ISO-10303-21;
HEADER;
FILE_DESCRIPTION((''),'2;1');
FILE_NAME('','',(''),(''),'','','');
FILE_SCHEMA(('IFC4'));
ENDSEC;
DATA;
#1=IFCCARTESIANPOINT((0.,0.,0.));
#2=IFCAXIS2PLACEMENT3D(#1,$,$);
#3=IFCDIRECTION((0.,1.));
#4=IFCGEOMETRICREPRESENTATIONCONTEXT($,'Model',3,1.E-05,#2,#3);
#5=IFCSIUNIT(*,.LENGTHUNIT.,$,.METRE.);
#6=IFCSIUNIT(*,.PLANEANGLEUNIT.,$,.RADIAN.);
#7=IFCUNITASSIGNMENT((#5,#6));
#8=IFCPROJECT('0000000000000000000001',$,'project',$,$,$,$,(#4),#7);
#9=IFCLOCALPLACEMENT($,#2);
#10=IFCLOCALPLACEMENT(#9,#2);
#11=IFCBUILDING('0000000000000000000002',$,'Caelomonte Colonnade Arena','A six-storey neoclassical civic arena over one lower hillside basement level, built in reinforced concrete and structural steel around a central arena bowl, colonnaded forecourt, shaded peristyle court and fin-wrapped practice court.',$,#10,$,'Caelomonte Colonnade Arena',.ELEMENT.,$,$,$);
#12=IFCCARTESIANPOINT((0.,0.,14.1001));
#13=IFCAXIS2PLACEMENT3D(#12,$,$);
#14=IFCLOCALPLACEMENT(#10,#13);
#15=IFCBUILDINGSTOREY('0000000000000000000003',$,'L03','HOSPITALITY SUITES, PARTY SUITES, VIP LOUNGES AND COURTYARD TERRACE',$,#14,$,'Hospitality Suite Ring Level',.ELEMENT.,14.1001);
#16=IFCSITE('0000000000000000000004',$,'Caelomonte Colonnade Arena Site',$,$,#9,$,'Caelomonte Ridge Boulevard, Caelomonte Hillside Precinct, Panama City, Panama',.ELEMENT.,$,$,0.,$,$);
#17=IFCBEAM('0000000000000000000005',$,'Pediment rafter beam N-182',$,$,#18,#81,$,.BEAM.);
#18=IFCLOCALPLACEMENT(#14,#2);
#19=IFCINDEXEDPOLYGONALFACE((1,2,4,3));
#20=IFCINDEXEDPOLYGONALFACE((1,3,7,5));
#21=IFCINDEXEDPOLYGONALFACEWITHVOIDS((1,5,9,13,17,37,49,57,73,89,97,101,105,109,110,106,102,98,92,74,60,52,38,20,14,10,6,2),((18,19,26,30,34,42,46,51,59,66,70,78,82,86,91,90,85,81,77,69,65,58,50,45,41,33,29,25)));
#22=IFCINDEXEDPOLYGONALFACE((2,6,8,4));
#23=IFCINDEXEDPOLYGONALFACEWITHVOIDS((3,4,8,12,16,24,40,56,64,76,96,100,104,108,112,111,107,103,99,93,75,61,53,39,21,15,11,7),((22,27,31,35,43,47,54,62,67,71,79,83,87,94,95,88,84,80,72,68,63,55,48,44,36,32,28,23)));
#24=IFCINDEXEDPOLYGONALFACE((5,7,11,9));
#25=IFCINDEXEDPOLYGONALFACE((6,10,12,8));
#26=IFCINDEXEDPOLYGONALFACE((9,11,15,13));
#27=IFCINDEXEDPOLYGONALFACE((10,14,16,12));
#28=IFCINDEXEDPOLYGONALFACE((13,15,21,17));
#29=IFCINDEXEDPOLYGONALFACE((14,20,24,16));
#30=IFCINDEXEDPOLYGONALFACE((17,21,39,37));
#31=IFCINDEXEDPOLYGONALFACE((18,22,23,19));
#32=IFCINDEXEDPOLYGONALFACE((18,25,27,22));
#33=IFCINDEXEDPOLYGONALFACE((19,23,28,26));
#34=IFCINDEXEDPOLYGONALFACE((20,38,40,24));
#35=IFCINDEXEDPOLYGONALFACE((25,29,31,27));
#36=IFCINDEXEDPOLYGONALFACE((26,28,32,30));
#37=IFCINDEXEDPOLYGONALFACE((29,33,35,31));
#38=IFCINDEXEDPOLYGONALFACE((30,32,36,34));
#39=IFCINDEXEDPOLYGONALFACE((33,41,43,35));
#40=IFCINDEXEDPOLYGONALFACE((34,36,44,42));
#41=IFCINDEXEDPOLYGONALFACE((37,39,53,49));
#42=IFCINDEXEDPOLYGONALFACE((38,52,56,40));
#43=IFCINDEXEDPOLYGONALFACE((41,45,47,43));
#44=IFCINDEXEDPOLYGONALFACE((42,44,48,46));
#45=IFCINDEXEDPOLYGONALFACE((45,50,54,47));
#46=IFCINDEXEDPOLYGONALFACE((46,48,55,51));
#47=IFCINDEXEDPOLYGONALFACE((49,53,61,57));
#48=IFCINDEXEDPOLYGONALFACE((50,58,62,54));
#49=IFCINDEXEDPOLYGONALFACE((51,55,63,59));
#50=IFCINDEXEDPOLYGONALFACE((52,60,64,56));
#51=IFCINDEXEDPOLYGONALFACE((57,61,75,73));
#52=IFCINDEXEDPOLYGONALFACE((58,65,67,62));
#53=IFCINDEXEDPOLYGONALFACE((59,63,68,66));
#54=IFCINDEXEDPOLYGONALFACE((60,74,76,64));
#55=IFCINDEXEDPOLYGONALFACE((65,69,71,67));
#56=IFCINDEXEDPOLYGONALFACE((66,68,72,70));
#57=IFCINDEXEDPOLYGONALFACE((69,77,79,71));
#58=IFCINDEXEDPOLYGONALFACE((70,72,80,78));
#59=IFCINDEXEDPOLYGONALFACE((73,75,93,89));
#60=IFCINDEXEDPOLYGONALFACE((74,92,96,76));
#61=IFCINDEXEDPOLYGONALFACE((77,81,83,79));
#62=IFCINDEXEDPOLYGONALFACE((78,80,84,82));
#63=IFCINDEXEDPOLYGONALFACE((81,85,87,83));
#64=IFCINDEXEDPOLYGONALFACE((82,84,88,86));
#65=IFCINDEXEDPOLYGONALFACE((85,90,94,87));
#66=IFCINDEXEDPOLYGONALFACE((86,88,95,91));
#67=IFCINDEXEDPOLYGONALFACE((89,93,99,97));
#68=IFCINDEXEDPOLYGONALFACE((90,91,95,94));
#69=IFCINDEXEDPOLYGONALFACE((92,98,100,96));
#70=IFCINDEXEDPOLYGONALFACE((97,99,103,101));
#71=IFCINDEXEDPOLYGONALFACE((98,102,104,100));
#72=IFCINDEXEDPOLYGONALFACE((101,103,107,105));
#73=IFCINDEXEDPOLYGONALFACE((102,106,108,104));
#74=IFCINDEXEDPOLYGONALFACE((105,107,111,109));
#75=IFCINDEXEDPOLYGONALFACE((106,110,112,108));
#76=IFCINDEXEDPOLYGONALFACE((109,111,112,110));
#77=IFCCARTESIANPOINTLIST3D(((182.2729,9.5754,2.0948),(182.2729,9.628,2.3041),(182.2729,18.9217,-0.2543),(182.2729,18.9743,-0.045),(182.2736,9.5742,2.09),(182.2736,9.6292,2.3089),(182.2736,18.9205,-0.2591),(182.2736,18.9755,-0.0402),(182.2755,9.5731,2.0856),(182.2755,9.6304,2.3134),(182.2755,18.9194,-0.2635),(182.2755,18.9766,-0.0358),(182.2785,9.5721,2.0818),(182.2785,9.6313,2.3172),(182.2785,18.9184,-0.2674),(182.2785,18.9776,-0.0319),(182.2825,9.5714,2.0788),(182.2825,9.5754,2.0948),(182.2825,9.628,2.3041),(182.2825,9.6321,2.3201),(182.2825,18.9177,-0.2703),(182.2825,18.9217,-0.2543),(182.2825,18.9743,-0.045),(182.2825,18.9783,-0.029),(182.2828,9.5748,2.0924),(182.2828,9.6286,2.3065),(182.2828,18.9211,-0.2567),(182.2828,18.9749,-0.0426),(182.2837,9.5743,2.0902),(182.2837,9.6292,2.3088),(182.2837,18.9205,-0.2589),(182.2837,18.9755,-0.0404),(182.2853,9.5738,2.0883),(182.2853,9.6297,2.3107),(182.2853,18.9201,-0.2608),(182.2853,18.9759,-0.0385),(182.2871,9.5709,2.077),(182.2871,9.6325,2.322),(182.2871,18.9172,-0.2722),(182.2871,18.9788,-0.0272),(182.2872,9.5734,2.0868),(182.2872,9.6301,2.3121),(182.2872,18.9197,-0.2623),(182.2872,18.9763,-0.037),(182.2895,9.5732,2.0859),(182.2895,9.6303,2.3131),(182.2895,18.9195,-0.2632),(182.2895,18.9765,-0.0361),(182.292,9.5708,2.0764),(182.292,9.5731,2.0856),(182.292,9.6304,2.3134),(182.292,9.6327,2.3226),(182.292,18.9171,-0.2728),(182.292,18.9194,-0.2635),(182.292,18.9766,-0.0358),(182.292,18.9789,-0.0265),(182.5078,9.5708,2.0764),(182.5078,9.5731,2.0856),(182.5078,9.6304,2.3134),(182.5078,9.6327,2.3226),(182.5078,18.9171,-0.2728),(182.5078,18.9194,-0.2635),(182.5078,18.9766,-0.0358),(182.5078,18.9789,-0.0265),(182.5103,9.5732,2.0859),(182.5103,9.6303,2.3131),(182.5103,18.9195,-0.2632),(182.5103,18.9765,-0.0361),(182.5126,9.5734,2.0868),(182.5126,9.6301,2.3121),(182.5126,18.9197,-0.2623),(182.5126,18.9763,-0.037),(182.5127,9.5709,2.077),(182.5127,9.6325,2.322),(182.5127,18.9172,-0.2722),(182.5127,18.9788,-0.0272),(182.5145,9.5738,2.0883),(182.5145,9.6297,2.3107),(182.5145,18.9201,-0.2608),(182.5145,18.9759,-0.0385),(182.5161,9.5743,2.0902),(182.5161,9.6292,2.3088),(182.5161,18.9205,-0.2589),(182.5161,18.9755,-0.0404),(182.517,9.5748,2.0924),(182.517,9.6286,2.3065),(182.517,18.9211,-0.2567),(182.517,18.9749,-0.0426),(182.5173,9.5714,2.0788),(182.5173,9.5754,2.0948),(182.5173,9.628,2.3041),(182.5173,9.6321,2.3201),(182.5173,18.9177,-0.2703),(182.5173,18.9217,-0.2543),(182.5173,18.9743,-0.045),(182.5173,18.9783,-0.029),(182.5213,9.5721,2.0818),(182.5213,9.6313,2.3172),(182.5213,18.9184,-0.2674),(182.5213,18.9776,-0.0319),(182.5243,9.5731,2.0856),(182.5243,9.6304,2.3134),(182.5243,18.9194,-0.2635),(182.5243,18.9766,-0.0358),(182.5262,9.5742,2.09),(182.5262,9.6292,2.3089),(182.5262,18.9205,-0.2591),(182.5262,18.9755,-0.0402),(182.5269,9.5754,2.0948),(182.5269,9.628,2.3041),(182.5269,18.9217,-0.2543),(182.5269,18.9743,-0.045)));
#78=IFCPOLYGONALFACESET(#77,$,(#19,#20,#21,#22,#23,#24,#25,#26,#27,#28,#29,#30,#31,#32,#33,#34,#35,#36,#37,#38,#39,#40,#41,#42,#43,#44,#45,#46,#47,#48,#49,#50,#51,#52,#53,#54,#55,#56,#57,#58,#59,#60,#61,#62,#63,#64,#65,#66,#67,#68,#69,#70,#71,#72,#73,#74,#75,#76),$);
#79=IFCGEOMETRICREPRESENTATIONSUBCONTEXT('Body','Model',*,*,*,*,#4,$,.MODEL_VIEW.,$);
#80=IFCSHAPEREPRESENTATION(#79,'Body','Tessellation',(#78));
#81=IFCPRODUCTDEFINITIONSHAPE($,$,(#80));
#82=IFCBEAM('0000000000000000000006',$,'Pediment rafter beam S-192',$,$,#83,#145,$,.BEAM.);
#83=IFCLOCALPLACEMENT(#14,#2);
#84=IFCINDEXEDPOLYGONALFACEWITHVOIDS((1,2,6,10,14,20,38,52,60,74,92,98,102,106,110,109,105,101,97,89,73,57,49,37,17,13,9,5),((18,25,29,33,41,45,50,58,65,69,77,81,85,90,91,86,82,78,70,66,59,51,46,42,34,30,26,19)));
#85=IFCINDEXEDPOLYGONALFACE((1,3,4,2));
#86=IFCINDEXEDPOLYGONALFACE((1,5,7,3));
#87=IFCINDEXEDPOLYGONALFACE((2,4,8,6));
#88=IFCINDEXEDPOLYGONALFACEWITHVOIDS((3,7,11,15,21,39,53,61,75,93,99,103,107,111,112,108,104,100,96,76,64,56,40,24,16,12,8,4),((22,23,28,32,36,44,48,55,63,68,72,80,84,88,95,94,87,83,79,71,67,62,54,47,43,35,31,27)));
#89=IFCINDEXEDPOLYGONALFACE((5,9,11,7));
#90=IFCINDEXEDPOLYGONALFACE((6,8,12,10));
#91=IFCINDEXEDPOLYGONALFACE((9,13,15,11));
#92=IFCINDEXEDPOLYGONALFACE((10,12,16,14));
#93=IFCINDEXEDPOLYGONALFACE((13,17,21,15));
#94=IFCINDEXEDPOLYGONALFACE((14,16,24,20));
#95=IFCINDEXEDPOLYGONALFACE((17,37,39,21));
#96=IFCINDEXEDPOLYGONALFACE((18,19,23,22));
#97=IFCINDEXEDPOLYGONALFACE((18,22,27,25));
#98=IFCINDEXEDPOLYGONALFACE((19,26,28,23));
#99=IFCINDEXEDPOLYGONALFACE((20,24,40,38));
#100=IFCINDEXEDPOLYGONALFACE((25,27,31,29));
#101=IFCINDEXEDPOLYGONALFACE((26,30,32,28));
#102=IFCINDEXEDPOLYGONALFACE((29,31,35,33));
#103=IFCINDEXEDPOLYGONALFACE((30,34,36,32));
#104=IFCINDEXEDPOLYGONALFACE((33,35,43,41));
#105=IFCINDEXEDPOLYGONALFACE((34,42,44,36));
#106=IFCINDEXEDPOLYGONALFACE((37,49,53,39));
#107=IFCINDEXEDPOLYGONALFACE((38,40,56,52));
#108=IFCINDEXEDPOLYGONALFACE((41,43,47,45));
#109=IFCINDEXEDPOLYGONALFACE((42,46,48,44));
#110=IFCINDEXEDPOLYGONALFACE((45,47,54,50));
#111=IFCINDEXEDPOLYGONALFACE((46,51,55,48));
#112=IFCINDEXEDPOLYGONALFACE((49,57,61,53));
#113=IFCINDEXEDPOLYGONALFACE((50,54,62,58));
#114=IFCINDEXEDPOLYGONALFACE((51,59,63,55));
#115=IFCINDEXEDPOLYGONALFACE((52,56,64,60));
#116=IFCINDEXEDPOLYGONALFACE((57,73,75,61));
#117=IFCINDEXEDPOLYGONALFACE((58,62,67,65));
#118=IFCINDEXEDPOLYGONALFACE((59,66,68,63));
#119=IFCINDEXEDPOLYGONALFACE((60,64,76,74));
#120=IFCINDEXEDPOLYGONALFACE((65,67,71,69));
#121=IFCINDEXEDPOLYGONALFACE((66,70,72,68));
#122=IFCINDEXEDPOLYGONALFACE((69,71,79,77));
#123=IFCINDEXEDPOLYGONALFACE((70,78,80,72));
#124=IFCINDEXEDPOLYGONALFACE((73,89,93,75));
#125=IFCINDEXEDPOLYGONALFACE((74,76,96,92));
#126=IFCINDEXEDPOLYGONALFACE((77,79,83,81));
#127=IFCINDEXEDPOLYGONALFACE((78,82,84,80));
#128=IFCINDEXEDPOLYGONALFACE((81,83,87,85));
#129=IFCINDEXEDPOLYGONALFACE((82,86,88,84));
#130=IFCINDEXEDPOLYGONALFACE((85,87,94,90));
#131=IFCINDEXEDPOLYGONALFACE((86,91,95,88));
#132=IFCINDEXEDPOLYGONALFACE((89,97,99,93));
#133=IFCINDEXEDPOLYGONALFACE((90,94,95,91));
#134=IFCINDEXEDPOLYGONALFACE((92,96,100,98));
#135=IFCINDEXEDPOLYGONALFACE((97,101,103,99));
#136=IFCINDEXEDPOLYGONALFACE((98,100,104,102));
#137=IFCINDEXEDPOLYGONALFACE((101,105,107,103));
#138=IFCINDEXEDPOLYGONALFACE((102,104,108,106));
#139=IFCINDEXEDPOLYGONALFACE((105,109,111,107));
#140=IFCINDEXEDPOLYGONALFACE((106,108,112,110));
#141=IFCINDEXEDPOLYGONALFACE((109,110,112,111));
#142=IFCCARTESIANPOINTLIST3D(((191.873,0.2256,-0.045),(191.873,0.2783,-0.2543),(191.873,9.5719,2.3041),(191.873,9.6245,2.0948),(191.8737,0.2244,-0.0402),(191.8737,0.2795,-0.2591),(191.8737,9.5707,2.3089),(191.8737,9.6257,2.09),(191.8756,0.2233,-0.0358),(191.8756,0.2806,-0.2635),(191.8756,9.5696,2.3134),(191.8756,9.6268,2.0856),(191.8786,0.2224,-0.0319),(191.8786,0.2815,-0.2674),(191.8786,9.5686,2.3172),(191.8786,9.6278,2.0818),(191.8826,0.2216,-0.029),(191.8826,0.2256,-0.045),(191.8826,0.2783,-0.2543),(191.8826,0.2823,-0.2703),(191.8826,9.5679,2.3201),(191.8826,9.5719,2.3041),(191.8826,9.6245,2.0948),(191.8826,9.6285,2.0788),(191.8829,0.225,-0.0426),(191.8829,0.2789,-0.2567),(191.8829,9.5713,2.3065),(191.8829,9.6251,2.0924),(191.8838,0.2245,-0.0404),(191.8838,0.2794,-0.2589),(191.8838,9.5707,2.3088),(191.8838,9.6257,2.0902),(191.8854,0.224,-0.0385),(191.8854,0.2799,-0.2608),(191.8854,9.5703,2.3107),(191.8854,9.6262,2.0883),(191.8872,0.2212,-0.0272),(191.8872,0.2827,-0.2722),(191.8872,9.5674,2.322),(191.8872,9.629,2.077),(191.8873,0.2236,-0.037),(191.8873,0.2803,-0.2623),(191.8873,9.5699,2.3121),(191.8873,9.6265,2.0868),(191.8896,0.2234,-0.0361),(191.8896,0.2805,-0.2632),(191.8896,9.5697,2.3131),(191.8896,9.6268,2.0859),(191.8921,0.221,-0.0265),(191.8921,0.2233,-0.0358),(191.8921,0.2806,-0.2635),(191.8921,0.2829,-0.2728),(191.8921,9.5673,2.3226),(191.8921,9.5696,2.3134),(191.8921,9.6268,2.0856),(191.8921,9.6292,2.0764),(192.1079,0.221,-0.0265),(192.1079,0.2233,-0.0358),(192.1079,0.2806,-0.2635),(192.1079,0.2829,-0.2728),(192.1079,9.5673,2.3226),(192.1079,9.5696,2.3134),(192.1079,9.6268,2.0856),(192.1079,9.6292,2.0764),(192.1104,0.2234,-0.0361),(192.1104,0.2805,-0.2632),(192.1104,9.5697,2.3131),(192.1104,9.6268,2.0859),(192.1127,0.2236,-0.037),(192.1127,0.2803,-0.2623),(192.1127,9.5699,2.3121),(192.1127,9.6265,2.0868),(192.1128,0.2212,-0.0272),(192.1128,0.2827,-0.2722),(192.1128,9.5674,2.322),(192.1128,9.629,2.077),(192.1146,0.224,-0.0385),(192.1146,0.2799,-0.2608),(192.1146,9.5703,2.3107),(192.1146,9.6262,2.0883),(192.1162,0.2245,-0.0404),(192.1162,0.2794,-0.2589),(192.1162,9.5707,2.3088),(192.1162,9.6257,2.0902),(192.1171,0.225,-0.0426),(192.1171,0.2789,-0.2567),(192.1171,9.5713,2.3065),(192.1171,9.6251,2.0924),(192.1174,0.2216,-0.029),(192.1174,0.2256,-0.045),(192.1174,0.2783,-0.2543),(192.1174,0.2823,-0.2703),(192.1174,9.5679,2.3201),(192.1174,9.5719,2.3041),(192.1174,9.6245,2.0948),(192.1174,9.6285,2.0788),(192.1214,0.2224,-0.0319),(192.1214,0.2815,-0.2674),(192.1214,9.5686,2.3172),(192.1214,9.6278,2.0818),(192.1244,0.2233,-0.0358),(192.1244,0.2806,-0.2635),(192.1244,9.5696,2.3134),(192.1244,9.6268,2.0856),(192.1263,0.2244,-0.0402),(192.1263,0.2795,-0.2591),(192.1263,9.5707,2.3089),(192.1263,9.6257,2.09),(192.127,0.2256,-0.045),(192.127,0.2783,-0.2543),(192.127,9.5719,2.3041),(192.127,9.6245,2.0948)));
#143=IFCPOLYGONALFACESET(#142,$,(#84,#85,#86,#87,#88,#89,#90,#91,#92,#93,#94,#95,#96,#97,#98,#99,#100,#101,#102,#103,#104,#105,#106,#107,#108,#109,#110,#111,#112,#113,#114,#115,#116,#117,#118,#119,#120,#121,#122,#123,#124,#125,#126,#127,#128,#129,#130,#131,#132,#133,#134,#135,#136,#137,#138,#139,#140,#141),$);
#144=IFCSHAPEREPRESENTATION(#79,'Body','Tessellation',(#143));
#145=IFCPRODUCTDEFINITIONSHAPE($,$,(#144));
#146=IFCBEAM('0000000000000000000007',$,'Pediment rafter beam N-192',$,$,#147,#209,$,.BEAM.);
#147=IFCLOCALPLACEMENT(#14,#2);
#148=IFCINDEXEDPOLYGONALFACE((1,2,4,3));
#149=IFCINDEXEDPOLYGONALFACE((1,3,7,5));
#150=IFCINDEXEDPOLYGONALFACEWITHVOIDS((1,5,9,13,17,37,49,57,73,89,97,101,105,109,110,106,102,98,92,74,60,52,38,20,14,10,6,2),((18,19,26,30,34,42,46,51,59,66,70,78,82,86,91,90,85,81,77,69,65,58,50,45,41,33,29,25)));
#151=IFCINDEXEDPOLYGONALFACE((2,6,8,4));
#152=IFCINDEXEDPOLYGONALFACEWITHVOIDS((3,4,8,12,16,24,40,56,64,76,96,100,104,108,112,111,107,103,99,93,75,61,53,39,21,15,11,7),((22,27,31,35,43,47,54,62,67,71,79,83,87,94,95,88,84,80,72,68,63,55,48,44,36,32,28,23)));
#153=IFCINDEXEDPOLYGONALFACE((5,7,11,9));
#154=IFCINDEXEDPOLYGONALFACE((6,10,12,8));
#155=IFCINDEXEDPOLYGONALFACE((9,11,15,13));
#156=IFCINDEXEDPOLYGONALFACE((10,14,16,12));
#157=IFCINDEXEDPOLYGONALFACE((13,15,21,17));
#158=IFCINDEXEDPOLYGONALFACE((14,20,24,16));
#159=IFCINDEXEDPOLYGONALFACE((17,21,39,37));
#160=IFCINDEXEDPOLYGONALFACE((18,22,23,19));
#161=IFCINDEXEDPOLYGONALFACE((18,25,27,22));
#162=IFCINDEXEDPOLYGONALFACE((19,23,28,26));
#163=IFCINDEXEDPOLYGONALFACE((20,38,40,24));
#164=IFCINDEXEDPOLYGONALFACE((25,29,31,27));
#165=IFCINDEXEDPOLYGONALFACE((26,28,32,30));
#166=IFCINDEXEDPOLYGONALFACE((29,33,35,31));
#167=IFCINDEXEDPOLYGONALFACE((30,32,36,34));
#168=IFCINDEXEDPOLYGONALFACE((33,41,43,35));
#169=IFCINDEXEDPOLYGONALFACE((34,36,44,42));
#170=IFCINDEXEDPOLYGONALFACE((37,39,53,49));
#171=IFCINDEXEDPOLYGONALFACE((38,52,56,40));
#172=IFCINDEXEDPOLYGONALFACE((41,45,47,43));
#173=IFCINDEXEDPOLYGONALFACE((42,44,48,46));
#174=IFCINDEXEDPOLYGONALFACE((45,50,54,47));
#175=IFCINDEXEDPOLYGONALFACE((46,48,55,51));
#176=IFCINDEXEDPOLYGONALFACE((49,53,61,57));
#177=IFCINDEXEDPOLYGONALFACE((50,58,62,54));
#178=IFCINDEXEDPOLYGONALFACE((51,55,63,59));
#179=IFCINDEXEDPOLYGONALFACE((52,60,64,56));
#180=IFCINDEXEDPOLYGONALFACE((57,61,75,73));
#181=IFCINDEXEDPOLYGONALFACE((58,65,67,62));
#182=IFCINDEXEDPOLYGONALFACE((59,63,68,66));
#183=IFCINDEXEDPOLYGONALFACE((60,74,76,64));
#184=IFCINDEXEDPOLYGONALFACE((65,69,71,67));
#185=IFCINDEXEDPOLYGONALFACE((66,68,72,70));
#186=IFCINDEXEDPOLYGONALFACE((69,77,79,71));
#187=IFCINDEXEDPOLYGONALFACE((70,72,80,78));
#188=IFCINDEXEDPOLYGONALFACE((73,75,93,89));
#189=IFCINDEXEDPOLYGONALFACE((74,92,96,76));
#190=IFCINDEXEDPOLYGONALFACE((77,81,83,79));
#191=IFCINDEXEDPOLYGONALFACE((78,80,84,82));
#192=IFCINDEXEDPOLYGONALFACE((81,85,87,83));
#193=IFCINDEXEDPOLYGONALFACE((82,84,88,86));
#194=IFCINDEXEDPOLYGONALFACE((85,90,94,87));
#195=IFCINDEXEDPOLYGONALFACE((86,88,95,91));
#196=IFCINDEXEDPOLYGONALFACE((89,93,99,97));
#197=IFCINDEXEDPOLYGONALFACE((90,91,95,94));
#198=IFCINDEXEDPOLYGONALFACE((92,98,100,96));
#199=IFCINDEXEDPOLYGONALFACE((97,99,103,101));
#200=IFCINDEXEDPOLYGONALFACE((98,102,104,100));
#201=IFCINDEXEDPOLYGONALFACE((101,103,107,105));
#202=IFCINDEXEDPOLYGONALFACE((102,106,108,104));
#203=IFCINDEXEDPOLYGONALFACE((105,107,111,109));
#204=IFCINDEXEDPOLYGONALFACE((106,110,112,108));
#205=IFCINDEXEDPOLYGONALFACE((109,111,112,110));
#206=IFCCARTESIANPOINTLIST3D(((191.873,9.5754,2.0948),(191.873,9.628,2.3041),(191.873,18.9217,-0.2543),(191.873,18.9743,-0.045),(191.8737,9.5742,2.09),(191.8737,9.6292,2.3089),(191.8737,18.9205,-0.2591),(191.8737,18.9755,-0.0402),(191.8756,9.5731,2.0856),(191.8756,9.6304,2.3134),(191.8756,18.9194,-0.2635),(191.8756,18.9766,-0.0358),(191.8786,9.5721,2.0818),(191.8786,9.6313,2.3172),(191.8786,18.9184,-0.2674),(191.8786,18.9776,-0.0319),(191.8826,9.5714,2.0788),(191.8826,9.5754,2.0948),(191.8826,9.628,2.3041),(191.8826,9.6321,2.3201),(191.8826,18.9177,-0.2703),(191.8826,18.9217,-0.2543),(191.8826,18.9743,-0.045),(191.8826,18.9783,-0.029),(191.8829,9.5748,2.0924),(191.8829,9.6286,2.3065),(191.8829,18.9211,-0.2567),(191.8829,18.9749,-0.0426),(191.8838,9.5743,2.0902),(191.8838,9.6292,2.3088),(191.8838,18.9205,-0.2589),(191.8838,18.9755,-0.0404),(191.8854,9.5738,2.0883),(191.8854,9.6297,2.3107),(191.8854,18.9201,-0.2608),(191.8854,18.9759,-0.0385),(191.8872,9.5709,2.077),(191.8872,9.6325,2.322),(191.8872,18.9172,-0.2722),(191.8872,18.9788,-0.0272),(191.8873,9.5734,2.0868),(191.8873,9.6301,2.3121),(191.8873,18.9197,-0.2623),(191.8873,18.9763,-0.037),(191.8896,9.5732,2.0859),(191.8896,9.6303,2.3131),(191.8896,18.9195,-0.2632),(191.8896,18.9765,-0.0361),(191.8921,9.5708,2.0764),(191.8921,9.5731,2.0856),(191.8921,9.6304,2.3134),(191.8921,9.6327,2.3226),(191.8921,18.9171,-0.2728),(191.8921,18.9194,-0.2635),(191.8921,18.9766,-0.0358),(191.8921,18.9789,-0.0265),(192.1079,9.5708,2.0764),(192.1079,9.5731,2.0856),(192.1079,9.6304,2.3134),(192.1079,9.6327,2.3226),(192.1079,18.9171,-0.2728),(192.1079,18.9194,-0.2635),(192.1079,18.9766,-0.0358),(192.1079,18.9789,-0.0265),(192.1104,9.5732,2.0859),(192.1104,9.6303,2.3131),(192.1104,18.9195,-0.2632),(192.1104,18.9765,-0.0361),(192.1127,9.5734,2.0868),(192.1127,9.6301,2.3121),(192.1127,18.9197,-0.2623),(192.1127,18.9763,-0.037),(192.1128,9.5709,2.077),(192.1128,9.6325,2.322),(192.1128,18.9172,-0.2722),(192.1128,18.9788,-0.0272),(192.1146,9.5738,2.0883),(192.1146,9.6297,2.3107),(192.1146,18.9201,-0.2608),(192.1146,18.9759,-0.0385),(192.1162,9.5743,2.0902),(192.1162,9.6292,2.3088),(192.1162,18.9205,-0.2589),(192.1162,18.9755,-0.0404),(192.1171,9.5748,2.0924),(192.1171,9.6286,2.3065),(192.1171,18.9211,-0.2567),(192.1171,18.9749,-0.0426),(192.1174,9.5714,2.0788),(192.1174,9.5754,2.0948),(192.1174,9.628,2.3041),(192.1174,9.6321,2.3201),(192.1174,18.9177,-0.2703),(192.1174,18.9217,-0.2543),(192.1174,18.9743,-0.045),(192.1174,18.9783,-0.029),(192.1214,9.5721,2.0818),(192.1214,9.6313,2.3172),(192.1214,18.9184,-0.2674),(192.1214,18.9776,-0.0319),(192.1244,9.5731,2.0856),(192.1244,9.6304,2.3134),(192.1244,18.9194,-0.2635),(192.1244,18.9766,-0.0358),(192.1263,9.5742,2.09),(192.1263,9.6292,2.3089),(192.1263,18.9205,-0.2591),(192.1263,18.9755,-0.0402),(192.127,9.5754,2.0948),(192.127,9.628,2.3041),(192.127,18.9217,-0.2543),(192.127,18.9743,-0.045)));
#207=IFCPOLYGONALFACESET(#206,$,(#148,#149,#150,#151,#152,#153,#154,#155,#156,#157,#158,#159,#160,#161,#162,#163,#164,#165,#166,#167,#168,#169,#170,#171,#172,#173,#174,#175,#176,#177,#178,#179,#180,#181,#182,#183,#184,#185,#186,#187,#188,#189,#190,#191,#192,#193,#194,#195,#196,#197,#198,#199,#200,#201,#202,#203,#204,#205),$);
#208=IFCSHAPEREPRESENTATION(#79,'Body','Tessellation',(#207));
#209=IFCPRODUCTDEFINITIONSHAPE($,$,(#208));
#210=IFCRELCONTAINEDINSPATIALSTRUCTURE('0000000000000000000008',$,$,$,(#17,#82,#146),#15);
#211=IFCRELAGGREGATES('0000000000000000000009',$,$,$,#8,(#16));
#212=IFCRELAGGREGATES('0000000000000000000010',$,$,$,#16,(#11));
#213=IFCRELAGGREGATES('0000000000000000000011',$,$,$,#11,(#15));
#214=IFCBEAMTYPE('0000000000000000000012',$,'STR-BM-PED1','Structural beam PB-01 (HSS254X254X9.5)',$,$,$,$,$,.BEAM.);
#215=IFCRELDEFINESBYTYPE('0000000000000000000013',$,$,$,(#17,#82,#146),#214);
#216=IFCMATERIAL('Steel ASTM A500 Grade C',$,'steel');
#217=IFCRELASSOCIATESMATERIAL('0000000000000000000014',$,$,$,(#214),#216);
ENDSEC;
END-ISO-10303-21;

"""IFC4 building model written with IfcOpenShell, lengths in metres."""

from ifc_helpers import new_model, si_unit, direction, frame, origin, origin_2d, place, context, subcontext, project, spatial, hollow_rectangle, extrude, material, material_profile, profile_set, type_object, element, save


model = new_model("IFC4")

# Units and contexts
model_context = context("Model", 3, precision=1e-05, world=origin(), true_north=direction((0.0, 1.0)))
body_context = subcontext(model_context, "Body", "Model", "MODEL_VIEW")
ifc_project = project(units=[si_unit("LENGTHUNIT", "METRE"), si_unit("PLANEANGLEUNIT", "RADIAN")], contexts=[model_context])

# Site, building, storey
site_placement = place(None, origin())
site = spatial("IfcSite", under=ifc_project, at=site_placement, Name="Caelomonte Colonnade Arena Site", LongName="Caelomonte Ridge Boulevard, Caelomonte Hillside Precinct, Panama City, Panama", CompositionType="ELEMENT", RefElevation=0.0)
building_placement = place(site_placement, origin())
building = spatial("IfcBuilding", under=site, at=building_placement, Name="Caelomonte Colonnade Arena", Description="A six-storey neoclassical civic arena over one lower hillside basement level, built in reinforced concrete and structural steel around a central arena bowl, colonnaded forecourt, shaded peristyle court and fin-wrapped practice court.", LongName="Caelomonte Colonnade Arena", CompositionType="ELEMENT")
storey_placement = place(building_placement, frame((0.0, 0.0, 14.1001)))
storey = spatial("IfcBuildingStorey", under=building, at=storey_placement, Name="L03", Description="HOSPITALITY SUITES, PARTY SUITES, VIP LOUNGES AND COURTYARD TERRACE", LongName="Hospitality Suite Ring Level", CompositionType="ELEMENT", Elevation=14.1001)

# Beams
ifc_material_1 = material(Name="Steel ASTM A500 Grade C", Category="steel")
ifc_material_profile_1 = material_profile(ifc_material_1, hollow_rectangle(XDim=0.2539, YDim=0.2539, WallThickness=0.0095, InnerFilletRadius=0.0095, OuterFilletRadius=0.019, at=origin_2d()), Name="HSS254X254X9.5")
ifc_profile_set_1 = profile_set([ifc_material_profile_1], Name="Steel ASTM A500 Grade C")
beam_type_1 = type_object("IfcBeamType", Name="STR-BM-PED1", Description="Structural beam PB-01 (HSS254X254X9.5)", PredefinedType="BEAM", material=ifc_profile_set_1)
for number, where, z_axis, x_axis, name in (
    (1, (182.3999, 18.948, -0.1497), (0.0, -0.969835, 0.243763), (1.0, 0.0, 0.0), "Pediment rafter beam N-182"),
    (2, (192.0, 0.252, -0.1497), (0.0, 0.969835, 0.243763), (-1.0, 0.0, 0.0), "Pediment rafter beam S-192"),
    (3, (192.0, 18.948, -0.1497), (0.0, -0.969835, 0.243763), (1.0, 0.0, 0.0), "Pediment rafter beam N-192"),
):
    element("IfcBeam", number, at=place(storey_placement, frame(where, z_axis=z_axis, x_axis=x_axis)), inside=storey, type_object=beam_type_1, Name=name, PredefinedType="BEAM", context=body_context, shape_type="SweptSolid", body=[
        extrude(hollow_rectangle(XDim=0.2539, YDim=0.2539, WallThickness=0.0095, InnerFilletRadius=0.0095, OuterFilletRadius=0.019, at=origin_2d()), origin(), (0.0, 0.0, 1.0), 9.637),
    ])

save(model, "model.ifc")
